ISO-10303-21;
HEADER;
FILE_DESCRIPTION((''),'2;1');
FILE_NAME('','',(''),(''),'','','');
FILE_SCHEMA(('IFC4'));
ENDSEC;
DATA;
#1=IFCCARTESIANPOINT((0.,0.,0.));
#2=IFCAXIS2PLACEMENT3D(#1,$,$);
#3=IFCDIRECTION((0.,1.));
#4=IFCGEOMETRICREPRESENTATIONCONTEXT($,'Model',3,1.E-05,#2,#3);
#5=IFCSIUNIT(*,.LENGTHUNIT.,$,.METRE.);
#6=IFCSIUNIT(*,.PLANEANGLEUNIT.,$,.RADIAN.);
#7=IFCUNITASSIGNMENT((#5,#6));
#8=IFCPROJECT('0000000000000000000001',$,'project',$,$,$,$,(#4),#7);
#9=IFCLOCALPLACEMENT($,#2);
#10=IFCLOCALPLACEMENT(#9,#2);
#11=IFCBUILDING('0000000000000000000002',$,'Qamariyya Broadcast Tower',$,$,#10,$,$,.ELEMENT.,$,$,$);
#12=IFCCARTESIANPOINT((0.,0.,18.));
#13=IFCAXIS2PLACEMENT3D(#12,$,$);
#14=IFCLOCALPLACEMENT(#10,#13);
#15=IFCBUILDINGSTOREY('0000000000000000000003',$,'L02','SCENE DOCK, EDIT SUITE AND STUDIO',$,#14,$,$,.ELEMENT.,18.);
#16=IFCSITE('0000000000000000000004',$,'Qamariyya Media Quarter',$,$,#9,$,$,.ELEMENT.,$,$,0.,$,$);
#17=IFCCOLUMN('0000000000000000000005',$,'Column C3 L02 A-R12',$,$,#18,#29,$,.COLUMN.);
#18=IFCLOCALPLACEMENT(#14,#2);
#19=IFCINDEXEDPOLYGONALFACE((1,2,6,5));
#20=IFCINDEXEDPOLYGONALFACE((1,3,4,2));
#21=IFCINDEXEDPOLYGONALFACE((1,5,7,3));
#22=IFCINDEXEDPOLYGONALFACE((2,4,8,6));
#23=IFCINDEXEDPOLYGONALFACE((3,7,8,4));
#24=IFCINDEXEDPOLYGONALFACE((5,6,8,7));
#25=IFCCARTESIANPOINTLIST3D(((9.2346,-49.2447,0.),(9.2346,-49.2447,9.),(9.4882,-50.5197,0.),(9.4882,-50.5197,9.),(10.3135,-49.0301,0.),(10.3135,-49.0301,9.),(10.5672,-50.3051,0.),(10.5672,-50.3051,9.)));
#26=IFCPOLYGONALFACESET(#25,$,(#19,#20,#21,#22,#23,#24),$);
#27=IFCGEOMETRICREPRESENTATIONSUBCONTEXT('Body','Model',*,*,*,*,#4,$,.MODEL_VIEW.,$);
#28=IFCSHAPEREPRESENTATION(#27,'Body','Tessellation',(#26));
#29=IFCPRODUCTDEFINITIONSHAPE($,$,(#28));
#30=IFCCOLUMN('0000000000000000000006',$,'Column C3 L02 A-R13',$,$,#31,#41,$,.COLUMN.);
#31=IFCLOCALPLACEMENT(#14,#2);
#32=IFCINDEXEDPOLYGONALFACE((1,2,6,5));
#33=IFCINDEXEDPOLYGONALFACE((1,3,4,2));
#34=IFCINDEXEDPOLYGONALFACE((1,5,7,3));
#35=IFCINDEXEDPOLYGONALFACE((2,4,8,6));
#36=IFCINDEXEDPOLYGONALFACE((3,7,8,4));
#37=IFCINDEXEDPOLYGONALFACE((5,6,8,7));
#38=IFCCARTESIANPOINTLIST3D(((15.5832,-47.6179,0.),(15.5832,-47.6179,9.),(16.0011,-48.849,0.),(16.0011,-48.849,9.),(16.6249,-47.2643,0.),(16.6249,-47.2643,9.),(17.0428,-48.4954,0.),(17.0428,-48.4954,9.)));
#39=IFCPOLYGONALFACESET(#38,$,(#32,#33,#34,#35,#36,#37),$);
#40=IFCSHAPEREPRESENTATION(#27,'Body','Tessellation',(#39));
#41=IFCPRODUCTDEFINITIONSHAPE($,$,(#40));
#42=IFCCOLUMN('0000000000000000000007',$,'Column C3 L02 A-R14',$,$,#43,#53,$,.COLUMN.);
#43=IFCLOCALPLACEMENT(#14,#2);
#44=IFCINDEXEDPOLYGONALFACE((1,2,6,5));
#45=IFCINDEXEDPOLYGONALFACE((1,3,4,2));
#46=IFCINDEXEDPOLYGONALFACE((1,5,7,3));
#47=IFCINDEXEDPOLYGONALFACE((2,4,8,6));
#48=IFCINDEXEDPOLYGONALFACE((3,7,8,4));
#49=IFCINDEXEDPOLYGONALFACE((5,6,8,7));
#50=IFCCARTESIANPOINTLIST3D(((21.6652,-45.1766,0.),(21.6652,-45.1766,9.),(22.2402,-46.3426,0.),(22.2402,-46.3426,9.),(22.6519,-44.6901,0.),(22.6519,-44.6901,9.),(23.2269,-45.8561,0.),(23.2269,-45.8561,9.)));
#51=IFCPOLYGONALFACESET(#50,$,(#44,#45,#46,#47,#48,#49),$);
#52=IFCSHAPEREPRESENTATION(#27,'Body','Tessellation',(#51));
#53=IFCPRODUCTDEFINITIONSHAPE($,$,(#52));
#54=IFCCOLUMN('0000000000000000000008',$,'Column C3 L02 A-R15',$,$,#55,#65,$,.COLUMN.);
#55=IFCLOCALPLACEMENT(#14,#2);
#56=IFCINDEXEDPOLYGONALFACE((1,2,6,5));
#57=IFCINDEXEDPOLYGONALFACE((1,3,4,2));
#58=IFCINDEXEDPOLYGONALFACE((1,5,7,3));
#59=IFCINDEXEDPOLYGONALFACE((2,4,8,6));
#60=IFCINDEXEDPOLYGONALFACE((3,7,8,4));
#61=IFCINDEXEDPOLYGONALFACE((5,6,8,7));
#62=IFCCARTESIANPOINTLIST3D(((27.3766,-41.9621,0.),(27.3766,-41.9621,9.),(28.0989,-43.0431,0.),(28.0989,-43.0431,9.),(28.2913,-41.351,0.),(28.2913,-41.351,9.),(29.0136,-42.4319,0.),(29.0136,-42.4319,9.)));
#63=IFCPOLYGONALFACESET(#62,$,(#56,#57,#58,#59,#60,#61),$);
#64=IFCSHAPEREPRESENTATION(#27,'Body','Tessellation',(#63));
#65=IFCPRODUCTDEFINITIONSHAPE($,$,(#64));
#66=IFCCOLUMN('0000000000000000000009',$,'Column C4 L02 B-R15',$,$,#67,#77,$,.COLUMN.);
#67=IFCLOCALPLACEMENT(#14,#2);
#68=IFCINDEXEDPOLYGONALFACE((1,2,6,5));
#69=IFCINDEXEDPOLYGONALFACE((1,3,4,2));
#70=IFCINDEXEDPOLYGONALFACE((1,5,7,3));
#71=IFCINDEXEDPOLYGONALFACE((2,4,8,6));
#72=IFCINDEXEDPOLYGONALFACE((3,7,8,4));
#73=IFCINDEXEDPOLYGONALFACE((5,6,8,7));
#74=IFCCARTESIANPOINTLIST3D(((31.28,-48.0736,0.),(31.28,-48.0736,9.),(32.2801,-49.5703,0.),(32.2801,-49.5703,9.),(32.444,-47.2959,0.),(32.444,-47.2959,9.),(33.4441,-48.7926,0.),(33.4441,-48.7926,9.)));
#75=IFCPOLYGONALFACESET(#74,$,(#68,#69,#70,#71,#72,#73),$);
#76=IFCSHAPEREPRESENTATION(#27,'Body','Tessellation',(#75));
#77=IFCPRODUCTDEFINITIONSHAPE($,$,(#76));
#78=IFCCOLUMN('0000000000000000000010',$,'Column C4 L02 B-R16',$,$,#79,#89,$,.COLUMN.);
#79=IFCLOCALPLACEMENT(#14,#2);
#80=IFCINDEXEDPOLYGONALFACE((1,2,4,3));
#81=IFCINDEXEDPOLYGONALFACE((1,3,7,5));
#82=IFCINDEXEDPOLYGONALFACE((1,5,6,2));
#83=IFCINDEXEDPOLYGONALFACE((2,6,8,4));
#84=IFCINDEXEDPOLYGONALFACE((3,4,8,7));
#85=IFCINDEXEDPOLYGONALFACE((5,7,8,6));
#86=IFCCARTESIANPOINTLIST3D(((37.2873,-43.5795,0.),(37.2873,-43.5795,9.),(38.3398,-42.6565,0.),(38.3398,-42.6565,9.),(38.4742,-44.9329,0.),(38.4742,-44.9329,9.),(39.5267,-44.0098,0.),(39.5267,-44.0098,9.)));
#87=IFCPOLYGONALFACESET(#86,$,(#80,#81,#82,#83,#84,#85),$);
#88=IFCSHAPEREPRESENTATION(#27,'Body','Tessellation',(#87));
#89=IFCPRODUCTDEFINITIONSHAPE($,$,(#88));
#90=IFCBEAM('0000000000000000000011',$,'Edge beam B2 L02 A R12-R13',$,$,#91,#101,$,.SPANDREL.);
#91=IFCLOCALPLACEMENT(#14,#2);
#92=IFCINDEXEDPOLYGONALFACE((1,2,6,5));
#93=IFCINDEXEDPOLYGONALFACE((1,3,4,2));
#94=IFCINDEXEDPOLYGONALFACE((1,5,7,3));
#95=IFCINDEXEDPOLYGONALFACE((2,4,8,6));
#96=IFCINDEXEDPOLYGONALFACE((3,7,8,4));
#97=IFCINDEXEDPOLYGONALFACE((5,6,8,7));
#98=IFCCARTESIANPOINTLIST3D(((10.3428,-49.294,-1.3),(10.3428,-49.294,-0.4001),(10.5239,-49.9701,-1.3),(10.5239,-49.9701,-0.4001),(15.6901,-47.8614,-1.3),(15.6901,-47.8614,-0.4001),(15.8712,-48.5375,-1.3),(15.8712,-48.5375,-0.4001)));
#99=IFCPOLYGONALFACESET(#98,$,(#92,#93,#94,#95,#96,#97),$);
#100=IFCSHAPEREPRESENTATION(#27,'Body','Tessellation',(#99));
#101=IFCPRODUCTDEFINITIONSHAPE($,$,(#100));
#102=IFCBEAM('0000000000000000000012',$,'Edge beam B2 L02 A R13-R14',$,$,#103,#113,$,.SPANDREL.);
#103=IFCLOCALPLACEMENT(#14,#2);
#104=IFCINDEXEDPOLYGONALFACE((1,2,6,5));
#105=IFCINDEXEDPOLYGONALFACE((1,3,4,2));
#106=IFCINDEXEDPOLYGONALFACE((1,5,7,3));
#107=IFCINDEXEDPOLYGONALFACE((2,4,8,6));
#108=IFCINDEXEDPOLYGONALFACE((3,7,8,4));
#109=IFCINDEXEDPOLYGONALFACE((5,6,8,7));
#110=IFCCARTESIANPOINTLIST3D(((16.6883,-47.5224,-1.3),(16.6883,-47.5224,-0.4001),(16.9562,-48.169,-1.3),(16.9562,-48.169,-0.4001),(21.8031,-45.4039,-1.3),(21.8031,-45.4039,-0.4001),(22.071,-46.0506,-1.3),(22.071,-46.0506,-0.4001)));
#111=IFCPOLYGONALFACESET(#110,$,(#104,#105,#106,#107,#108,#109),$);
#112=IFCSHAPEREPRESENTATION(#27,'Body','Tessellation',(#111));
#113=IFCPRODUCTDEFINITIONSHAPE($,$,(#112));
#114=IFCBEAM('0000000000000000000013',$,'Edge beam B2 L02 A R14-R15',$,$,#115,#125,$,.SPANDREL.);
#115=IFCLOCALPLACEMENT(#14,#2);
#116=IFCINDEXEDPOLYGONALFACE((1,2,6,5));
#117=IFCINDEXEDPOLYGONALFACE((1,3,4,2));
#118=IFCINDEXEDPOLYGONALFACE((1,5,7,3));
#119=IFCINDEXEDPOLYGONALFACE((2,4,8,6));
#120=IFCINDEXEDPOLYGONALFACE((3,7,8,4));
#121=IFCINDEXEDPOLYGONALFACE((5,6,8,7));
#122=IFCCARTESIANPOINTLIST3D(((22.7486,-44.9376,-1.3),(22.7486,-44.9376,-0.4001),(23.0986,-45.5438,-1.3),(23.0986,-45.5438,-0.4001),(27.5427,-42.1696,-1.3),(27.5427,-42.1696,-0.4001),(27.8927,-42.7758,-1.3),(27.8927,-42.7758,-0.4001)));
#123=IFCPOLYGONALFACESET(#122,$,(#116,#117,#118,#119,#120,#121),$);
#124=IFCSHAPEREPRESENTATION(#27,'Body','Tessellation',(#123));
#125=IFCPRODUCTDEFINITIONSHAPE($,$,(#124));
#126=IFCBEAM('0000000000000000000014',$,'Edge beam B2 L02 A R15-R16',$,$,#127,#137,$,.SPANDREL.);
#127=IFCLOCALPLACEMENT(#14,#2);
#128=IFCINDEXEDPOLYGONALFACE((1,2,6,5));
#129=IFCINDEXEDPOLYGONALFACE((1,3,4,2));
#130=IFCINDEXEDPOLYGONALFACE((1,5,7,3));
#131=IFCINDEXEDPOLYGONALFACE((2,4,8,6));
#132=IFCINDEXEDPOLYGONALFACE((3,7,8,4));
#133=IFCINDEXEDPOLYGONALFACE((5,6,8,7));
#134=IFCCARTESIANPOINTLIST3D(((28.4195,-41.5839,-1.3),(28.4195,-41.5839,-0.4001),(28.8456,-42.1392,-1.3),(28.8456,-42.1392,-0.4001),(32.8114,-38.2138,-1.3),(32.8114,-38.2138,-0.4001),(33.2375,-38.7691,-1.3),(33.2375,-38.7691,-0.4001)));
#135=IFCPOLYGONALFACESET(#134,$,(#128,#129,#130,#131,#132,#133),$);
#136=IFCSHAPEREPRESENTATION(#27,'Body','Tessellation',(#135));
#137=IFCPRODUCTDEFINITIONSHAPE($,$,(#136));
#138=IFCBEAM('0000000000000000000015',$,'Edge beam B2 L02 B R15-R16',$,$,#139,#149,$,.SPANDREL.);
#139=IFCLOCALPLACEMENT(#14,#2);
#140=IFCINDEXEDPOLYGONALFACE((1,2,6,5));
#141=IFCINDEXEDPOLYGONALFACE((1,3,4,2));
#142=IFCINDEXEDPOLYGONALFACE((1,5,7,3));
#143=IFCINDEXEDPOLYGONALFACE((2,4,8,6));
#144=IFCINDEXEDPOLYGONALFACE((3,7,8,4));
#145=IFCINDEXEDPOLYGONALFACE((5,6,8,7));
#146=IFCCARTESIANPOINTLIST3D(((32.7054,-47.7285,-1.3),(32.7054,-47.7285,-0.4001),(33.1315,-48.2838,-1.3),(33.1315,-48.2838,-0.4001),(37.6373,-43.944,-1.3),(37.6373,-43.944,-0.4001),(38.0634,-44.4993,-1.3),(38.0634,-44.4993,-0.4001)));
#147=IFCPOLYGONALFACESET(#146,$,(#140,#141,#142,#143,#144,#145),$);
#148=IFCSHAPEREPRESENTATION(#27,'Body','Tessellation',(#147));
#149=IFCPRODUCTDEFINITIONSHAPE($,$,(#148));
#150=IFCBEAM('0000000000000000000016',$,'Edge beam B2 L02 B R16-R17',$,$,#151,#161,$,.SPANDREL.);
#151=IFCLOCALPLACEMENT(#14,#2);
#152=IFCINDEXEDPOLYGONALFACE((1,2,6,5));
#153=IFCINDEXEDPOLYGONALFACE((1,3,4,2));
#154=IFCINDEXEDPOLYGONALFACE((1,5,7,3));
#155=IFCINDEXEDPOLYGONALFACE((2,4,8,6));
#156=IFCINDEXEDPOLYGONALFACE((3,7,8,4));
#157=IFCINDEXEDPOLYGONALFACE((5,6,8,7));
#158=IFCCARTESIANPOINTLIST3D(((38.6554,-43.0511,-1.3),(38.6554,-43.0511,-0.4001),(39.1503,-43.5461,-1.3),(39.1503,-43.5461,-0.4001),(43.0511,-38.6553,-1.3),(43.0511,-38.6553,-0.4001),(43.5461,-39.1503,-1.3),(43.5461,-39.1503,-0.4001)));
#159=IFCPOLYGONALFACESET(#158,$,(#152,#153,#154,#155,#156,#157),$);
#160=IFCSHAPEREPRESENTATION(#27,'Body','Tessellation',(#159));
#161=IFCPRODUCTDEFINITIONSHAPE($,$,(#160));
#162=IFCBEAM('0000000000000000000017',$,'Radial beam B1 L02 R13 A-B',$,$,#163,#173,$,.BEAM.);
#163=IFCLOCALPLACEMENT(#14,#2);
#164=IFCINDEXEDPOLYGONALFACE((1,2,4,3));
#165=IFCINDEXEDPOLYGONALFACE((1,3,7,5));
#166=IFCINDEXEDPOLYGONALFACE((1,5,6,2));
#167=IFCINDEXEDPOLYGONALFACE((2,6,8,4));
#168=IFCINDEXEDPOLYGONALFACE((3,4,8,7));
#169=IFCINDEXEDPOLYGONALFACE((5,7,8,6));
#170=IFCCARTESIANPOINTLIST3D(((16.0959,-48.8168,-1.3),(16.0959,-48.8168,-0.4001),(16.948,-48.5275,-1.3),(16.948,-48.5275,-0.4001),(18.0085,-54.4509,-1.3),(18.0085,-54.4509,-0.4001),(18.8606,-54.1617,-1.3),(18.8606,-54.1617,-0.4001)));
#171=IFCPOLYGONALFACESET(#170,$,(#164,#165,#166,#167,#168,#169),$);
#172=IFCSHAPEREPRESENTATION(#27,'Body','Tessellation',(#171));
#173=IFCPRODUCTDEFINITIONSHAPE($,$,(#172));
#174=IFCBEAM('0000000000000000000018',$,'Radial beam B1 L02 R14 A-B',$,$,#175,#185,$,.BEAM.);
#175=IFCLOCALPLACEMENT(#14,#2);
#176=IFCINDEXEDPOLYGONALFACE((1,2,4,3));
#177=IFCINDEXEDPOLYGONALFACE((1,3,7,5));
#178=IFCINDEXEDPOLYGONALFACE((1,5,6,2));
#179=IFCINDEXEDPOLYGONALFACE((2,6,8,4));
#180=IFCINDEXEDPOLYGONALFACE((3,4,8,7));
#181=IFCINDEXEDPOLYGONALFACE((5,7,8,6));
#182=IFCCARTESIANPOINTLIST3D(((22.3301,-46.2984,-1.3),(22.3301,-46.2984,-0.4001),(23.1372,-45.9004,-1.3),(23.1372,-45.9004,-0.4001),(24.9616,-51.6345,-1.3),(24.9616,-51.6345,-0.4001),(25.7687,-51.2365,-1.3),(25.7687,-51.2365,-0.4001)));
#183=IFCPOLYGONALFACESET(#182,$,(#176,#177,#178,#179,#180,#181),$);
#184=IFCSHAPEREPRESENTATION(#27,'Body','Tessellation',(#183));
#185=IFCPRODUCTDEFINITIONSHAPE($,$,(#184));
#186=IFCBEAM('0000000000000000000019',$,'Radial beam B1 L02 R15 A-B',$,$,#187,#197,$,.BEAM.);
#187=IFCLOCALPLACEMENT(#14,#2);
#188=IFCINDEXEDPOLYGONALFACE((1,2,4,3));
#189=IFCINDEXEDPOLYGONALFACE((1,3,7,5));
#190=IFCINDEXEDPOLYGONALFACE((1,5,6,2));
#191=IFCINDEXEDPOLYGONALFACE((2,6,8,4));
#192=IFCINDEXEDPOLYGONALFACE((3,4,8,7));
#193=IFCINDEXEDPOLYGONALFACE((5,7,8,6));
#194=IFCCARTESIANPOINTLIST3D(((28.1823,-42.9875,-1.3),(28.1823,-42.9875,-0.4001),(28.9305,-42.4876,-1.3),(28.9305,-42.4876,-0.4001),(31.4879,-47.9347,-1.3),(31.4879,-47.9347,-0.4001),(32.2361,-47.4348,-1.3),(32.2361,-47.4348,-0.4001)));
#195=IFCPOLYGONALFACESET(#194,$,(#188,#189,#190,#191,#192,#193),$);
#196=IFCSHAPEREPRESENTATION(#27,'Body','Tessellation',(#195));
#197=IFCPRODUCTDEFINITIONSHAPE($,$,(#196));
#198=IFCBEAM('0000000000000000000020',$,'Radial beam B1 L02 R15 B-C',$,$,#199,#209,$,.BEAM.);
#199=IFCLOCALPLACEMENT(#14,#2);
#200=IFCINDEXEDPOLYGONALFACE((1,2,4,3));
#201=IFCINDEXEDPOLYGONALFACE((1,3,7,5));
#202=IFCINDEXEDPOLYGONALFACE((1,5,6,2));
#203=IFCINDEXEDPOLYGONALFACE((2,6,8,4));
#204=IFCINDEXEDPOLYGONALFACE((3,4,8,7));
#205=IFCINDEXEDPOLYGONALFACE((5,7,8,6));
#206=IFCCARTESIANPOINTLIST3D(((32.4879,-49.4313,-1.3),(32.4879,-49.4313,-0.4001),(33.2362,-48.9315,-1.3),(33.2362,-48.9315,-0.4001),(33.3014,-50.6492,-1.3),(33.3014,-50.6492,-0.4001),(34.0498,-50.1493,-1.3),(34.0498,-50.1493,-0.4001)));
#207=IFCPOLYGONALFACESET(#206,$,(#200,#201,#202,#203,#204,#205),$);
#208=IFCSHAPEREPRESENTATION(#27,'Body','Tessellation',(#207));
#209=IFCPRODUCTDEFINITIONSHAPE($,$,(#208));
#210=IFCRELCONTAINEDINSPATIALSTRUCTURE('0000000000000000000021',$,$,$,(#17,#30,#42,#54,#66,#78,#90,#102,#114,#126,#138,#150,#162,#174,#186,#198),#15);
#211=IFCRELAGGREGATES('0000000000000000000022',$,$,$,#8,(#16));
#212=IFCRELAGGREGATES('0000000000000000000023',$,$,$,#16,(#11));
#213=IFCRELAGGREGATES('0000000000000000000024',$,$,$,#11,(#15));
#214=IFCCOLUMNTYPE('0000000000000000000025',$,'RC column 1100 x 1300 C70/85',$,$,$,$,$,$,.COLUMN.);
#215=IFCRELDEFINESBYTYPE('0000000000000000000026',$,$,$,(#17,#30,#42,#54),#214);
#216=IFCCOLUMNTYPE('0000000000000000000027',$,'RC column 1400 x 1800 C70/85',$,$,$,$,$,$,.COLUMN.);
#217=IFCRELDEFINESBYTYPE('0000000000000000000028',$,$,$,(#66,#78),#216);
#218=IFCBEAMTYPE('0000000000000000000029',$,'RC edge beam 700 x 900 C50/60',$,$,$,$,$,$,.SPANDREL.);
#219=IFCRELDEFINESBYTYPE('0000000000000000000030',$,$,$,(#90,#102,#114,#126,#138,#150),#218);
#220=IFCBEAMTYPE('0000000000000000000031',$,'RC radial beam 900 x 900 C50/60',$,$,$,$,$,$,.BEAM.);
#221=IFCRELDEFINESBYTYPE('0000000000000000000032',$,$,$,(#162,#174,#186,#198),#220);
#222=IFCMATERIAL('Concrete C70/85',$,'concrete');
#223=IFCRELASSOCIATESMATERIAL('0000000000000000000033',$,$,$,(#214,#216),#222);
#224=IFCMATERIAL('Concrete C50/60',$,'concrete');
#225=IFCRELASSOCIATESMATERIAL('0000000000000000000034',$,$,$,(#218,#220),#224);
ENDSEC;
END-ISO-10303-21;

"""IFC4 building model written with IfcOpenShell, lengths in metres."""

from ifc_helpers import new_model, si_unit, direction, frame, origin, origin_2d, place, context, subcontext, project, spatial, rectangle, extrude, material, material_profile, profile_set, type_object, element, save


model = new_model("IFC4")

# Units and contexts
model_context = context("Model", 3, precision=1e-05, world=origin(), true_north=direction((0.0, 1.0)))
body_context = subcontext(model_context, "Body", "Model", "MODEL_VIEW")
ifc_project = project(units=[si_unit("LENGTHUNIT", "METRE"), si_unit("PLANEANGLEUNIT", "RADIAN")], contexts=[model_context])

# Site, building, storey
site_placement = place(None, origin())
site = spatial("IfcSite", under=ifc_project, at=site_placement, Name="Qamariyya Media Quarter", CompositionType="ELEMENT", RefElevation=0.0)
building_placement = place(site_placement, origin())
building = spatial("IfcBuilding", under=site, at=building_placement, Name="Qamariyya Broadcast Tower", CompositionType="ELEMENT")
storey_placement = place(building_placement, frame((0.0, 0.0, 18.0)))
storey = spatial("IfcBuildingStorey", under=building, at=storey_placement, Name="L02", Description="SCENE DOCK, EDIT SUITE AND STUDIO", CompositionType="ELEMENT", Elevation=18.0)

# Columns
ifc_material_1 = material(Name="Concrete C70/85", Category="concrete")
ifc_material_profile_1 = material_profile(ifc_material_1, rectangle(XDim=1.1001, YDim=1.3, at=origin_2d()))
ifc_profile_set_1 = profile_set([ifc_material_profile_1], Name="Concrete C70/85")
column_type_1 = type_object("IfcColumnType", Name="RC column 1100 x 1300 C70/85", PredefinedType="COLUMN", material=ifc_profile_set_1)
for number, where, z_axis, x_axis, name in (
    (1, (9.9009, -49.7749, 0.0), (0.0, 0.0, 1.0), (0.980785, 0.19509, 0.0), "Column C3 L02 A-R12"),
    (2, (16.313, -48.0566, 0.0), (0.0, 0.0, 1.0), (0.94693, 0.321439, 0.0), "Column C3 L02 A-R13"),
    (3, (22.446, -45.5164, 0.0), (0.0, 0.0, 1.0), (0.896873, 0.442289, 0.0), "Column C3 L02 A-R14"),
    (4, (28.1951, -42.197, 0.0), (0.0, 0.0, 1.0), (0.83147, 0.55557, 0.0), "Column C3 L02 A-R15"),
):
    element("IfcColumn", number, at=place(storey_placement, frame(where, z_axis=z_axis, x_axis=x_axis)), inside=storey, type_object=column_type_1, Name=name, PredefinedType="COLUMN", context=body_context, shape_type="SweptSolid", body=[
        extrude(rectangle(XDim=1.1001, YDim=1.3, at=origin_2d()), origin(), (0.0, 0.0, 1.0), 9.0),
    ])
ifc_material_profile_2 = material_profile(ifc_material_1, rectangle(XDim=1.3999, YDim=1.8, at=origin_2d()))
ifc_profile_set_2 = profile_set([ifc_material_profile_2], Name="Concrete C70/85")
column_type_2 = type_object("IfcColumnType", Name="RC column 1400 x 1800 C70/85", PredefinedType="COLUMN", material=ifc_profile_set_2)
for number, where, z_axis, x_axis, name in (
    (5, (32.3621, -48.4331, 0.0), (0.0, 0.0, 1.0), (0.83147, 0.55557, 0.0), "Column C4 L02 B-R15"),
    (6, (38.407, -43.7947, 0.0), (0.0, 0.0, 1.0), (0.75184, 0.659346, 0.0), "Column C4 L02 B-R16"),
):
    element("IfcColumn", number, at=place(storey_placement, frame(where, z_axis=z_axis, x_axis=x_axis)), inside=storey, type_object=column_type_2, Name=name, PredefinedType="COLUMN", context=body_context, shape_type="SweptSolid", body=[
        extrude(rectangle(XDim=1.3999, YDim=1.8, at=origin_2d()), origin(), (0.0, 0.0, 1.0), 9.0),
    ])

# Beams
ifc_material_2 = material(Name="Concrete C50/60", Category="concrete")
ifc_material_profile_3 = material_profile(ifc_material_2, rectangle(XDim=0.7, YDim=0.8999, at=origin_2d()))
ifc_profile_set_3 = profile_set([ifc_material_profile_3], Name="Concrete C50/60")
beam_type_1 = type_object("IfcBeamType", Name="RC edge beam 700 x 900 C50/60", PredefinedType="SPANDREL", material=ifc_profile_set_3)
beam_1_placement = place(storey_placement, frame((10.4333, -49.6321, -0.8501), z_axis=(0.965936, 0.258782, 0.0), x_axis=(-0.258782, 0.965936, 0.0)))
element("IfcBeam", 7, at=beam_1_placement, inside=storey, type_object=beam_type_1, Name="Edge beam B2 L02 A R12-R13", PredefinedType="SPANDREL", context=body_context, shape_type="SweptSolid", body=[
    extrude(rectangle(XDim=0.7, YDim=0.8999, at=origin_2d()), origin(), (0.0, 0.0, 1.0), 5.5359),
])
beam_2_placement = place(storey_placement, frame((16.8223, -47.8457, -0.8501), z_axis=(0.923892, 0.382654, 0.0), x_axis=(-0.382654, 0.923892, 0.0)))
element("IfcBeam", 8, at=beam_2_placement, inside=storey, type_object=beam_type_1, Name="Edge beam B2 L02 A R13-R14", PredefinedType="SPANDREL", context=body_context, shape_type="SweptSolid", body=[
    extrude(rectangle(XDim=0.7, YDim=0.8999, at=origin_2d()), origin(), (0.0, 0.0, 1.0), 5.5361),
])
for number, where, z_axis, x_axis, name in (
    (9, (22.9236, -45.2407, -0.8501), (0.866014, 0.500019, 0.0), (-0.500019, 0.866014, 0.0), "Edge beam B2 L02 A R14-R15"),
    (10, (28.6326, -41.8616, -0.8501), (0.793342, 0.608777, 0.0), (-0.608777, 0.793342, 0.0), "Edge beam B2 L02 A R15-R16"),
):
    element("IfcBeam", number, at=place(storey_placement, frame(where, z_axis=z_axis, x_axis=x_axis)), inside=storey, type_object=beam_type_1, Name=name, PredefinedType="SPANDREL", context=body_context, shape_type="SweptSolid", body=[
        extrude(rectangle(XDim=0.7, YDim=0.8999, at=origin_2d()), origin(), (0.0, 0.0, 1.0), 5.5359),
    ])
for number, where, z_axis, x_axis, name in (
    (11, (32.9185, -48.0061, -0.8501), (0.793349, 0.608767, 0.0), (-0.608767, 0.793349, 0.0), "Edge beam B2 L02 B R15-R16"),
    (12, (38.9028, -43.2986, -0.8501), (0.707107, 0.707107, 0.0), (-0.707107, 0.707107, 0.0), "Edge beam B2 L02 B R16-R17"),
):
    element("IfcBeam", number, at=place(storey_placement, frame(where, z_axis=z_axis, x_axis=x_axis)), inside=storey, type_object=beam_type_1, Name=name, PredefinedType="SPANDREL", context=body_context, shape_type="SweptSolid", body=[
        extrude(rectangle(XDim=0.7, YDim=0.8999, at=origin_2d()), origin(), (0.0, 0.0, 1.0), 6.2166),
    ])
ifc_material_profile_4 = material_profile(ifc_material_2, rectangle(XDim=0.8999, YDim=0.8999, at=origin_2d()))
ifc_profile_set_4 = profile_set([ifc_material_profile_4], Name="Concrete C50/60")
beam_type_2 = type_object("IfcBeamType", Name="RC radial beam 900 x 900 C50/60", PredefinedType="BEAM", material=ifc_profile_set_4)
beam_3_placement = place(storey_placement, frame((16.522, -48.6721, -0.8501), z_axis=(0.321442, -0.946929, 0.0), x_axis=(0.946929, 0.321442, 0.0)))
element("IfcBeam", 13, at=beam_3_placement, inside=storey, type_object=beam_type_2, Name="Radial beam B1 L02 R13 A-B", PredefinedType="BEAM", context=body_context, shape_type="SweptSolid", body=[
    extrude(rectangle(XDim=0.8999, YDim=0.8999, at=origin_2d()), origin(), (0.0, 0.0, 1.0), 5.95),
])
beam_4_placement = place(storey_placement, frame((22.7336, -46.0994, -0.8501), z_axis=(0.442299, -0.896868, 0.0), x_axis=(0.896868, 0.442299, 0.0)))
element("IfcBeam", 14, at=beam_4_placement, inside=storey, type_object=beam_type_2, Name="Radial beam B1 L02 R14 A-B", PredefinedType="BEAM", context=body_context, shape_type="SweptSolid", body=[
    extrude(rectangle(XDim=0.8999, YDim=0.8999, at=origin_2d()), origin(), (0.0, 0.0, 1.0), 5.9497),
])
beam_5_placement = place(storey_placement, frame((28.5564, -42.7375, -0.8501), z_axis=(0.555571, -0.831469, 0.0), x_axis=(0.831469, 0.555571, 0.0)))
element("IfcBeam", 15, at=beam_5_placement, inside=storey, type_object=beam_type_2, Name="Radial beam B1 L02 R15 A-B", PredefinedType="BEAM", context=body_context, shape_type="SweptSolid", body=[
    extrude(rectangle(XDim=0.8999, YDim=0.8999, at=origin_2d()), origin(), (0.0, 0.0, 1.0), 5.95),
])
beam_6_placement = place(storey_placement, frame((32.8621, -49.1814, -0.8501), z_axis=(0.555469, -0.831537, 0.0), x_axis=(0.831537, 0.555469, 0.0)))
element("IfcBeam", 16, at=beam_6_placement, inside=storey, type_object=beam_type_2, Name="Radial beam B1 L02 R15 B-C", PredefinedType="BEAM", context=body_context, shape_type="SweptSolid", body=[
    extrude(rectangle(XDim=0.8999, YDim=0.8999, at=origin_2d()), origin(), (0.0, 0.0, 1.0), 1.4646),
])

save(model, "model.ifc")
